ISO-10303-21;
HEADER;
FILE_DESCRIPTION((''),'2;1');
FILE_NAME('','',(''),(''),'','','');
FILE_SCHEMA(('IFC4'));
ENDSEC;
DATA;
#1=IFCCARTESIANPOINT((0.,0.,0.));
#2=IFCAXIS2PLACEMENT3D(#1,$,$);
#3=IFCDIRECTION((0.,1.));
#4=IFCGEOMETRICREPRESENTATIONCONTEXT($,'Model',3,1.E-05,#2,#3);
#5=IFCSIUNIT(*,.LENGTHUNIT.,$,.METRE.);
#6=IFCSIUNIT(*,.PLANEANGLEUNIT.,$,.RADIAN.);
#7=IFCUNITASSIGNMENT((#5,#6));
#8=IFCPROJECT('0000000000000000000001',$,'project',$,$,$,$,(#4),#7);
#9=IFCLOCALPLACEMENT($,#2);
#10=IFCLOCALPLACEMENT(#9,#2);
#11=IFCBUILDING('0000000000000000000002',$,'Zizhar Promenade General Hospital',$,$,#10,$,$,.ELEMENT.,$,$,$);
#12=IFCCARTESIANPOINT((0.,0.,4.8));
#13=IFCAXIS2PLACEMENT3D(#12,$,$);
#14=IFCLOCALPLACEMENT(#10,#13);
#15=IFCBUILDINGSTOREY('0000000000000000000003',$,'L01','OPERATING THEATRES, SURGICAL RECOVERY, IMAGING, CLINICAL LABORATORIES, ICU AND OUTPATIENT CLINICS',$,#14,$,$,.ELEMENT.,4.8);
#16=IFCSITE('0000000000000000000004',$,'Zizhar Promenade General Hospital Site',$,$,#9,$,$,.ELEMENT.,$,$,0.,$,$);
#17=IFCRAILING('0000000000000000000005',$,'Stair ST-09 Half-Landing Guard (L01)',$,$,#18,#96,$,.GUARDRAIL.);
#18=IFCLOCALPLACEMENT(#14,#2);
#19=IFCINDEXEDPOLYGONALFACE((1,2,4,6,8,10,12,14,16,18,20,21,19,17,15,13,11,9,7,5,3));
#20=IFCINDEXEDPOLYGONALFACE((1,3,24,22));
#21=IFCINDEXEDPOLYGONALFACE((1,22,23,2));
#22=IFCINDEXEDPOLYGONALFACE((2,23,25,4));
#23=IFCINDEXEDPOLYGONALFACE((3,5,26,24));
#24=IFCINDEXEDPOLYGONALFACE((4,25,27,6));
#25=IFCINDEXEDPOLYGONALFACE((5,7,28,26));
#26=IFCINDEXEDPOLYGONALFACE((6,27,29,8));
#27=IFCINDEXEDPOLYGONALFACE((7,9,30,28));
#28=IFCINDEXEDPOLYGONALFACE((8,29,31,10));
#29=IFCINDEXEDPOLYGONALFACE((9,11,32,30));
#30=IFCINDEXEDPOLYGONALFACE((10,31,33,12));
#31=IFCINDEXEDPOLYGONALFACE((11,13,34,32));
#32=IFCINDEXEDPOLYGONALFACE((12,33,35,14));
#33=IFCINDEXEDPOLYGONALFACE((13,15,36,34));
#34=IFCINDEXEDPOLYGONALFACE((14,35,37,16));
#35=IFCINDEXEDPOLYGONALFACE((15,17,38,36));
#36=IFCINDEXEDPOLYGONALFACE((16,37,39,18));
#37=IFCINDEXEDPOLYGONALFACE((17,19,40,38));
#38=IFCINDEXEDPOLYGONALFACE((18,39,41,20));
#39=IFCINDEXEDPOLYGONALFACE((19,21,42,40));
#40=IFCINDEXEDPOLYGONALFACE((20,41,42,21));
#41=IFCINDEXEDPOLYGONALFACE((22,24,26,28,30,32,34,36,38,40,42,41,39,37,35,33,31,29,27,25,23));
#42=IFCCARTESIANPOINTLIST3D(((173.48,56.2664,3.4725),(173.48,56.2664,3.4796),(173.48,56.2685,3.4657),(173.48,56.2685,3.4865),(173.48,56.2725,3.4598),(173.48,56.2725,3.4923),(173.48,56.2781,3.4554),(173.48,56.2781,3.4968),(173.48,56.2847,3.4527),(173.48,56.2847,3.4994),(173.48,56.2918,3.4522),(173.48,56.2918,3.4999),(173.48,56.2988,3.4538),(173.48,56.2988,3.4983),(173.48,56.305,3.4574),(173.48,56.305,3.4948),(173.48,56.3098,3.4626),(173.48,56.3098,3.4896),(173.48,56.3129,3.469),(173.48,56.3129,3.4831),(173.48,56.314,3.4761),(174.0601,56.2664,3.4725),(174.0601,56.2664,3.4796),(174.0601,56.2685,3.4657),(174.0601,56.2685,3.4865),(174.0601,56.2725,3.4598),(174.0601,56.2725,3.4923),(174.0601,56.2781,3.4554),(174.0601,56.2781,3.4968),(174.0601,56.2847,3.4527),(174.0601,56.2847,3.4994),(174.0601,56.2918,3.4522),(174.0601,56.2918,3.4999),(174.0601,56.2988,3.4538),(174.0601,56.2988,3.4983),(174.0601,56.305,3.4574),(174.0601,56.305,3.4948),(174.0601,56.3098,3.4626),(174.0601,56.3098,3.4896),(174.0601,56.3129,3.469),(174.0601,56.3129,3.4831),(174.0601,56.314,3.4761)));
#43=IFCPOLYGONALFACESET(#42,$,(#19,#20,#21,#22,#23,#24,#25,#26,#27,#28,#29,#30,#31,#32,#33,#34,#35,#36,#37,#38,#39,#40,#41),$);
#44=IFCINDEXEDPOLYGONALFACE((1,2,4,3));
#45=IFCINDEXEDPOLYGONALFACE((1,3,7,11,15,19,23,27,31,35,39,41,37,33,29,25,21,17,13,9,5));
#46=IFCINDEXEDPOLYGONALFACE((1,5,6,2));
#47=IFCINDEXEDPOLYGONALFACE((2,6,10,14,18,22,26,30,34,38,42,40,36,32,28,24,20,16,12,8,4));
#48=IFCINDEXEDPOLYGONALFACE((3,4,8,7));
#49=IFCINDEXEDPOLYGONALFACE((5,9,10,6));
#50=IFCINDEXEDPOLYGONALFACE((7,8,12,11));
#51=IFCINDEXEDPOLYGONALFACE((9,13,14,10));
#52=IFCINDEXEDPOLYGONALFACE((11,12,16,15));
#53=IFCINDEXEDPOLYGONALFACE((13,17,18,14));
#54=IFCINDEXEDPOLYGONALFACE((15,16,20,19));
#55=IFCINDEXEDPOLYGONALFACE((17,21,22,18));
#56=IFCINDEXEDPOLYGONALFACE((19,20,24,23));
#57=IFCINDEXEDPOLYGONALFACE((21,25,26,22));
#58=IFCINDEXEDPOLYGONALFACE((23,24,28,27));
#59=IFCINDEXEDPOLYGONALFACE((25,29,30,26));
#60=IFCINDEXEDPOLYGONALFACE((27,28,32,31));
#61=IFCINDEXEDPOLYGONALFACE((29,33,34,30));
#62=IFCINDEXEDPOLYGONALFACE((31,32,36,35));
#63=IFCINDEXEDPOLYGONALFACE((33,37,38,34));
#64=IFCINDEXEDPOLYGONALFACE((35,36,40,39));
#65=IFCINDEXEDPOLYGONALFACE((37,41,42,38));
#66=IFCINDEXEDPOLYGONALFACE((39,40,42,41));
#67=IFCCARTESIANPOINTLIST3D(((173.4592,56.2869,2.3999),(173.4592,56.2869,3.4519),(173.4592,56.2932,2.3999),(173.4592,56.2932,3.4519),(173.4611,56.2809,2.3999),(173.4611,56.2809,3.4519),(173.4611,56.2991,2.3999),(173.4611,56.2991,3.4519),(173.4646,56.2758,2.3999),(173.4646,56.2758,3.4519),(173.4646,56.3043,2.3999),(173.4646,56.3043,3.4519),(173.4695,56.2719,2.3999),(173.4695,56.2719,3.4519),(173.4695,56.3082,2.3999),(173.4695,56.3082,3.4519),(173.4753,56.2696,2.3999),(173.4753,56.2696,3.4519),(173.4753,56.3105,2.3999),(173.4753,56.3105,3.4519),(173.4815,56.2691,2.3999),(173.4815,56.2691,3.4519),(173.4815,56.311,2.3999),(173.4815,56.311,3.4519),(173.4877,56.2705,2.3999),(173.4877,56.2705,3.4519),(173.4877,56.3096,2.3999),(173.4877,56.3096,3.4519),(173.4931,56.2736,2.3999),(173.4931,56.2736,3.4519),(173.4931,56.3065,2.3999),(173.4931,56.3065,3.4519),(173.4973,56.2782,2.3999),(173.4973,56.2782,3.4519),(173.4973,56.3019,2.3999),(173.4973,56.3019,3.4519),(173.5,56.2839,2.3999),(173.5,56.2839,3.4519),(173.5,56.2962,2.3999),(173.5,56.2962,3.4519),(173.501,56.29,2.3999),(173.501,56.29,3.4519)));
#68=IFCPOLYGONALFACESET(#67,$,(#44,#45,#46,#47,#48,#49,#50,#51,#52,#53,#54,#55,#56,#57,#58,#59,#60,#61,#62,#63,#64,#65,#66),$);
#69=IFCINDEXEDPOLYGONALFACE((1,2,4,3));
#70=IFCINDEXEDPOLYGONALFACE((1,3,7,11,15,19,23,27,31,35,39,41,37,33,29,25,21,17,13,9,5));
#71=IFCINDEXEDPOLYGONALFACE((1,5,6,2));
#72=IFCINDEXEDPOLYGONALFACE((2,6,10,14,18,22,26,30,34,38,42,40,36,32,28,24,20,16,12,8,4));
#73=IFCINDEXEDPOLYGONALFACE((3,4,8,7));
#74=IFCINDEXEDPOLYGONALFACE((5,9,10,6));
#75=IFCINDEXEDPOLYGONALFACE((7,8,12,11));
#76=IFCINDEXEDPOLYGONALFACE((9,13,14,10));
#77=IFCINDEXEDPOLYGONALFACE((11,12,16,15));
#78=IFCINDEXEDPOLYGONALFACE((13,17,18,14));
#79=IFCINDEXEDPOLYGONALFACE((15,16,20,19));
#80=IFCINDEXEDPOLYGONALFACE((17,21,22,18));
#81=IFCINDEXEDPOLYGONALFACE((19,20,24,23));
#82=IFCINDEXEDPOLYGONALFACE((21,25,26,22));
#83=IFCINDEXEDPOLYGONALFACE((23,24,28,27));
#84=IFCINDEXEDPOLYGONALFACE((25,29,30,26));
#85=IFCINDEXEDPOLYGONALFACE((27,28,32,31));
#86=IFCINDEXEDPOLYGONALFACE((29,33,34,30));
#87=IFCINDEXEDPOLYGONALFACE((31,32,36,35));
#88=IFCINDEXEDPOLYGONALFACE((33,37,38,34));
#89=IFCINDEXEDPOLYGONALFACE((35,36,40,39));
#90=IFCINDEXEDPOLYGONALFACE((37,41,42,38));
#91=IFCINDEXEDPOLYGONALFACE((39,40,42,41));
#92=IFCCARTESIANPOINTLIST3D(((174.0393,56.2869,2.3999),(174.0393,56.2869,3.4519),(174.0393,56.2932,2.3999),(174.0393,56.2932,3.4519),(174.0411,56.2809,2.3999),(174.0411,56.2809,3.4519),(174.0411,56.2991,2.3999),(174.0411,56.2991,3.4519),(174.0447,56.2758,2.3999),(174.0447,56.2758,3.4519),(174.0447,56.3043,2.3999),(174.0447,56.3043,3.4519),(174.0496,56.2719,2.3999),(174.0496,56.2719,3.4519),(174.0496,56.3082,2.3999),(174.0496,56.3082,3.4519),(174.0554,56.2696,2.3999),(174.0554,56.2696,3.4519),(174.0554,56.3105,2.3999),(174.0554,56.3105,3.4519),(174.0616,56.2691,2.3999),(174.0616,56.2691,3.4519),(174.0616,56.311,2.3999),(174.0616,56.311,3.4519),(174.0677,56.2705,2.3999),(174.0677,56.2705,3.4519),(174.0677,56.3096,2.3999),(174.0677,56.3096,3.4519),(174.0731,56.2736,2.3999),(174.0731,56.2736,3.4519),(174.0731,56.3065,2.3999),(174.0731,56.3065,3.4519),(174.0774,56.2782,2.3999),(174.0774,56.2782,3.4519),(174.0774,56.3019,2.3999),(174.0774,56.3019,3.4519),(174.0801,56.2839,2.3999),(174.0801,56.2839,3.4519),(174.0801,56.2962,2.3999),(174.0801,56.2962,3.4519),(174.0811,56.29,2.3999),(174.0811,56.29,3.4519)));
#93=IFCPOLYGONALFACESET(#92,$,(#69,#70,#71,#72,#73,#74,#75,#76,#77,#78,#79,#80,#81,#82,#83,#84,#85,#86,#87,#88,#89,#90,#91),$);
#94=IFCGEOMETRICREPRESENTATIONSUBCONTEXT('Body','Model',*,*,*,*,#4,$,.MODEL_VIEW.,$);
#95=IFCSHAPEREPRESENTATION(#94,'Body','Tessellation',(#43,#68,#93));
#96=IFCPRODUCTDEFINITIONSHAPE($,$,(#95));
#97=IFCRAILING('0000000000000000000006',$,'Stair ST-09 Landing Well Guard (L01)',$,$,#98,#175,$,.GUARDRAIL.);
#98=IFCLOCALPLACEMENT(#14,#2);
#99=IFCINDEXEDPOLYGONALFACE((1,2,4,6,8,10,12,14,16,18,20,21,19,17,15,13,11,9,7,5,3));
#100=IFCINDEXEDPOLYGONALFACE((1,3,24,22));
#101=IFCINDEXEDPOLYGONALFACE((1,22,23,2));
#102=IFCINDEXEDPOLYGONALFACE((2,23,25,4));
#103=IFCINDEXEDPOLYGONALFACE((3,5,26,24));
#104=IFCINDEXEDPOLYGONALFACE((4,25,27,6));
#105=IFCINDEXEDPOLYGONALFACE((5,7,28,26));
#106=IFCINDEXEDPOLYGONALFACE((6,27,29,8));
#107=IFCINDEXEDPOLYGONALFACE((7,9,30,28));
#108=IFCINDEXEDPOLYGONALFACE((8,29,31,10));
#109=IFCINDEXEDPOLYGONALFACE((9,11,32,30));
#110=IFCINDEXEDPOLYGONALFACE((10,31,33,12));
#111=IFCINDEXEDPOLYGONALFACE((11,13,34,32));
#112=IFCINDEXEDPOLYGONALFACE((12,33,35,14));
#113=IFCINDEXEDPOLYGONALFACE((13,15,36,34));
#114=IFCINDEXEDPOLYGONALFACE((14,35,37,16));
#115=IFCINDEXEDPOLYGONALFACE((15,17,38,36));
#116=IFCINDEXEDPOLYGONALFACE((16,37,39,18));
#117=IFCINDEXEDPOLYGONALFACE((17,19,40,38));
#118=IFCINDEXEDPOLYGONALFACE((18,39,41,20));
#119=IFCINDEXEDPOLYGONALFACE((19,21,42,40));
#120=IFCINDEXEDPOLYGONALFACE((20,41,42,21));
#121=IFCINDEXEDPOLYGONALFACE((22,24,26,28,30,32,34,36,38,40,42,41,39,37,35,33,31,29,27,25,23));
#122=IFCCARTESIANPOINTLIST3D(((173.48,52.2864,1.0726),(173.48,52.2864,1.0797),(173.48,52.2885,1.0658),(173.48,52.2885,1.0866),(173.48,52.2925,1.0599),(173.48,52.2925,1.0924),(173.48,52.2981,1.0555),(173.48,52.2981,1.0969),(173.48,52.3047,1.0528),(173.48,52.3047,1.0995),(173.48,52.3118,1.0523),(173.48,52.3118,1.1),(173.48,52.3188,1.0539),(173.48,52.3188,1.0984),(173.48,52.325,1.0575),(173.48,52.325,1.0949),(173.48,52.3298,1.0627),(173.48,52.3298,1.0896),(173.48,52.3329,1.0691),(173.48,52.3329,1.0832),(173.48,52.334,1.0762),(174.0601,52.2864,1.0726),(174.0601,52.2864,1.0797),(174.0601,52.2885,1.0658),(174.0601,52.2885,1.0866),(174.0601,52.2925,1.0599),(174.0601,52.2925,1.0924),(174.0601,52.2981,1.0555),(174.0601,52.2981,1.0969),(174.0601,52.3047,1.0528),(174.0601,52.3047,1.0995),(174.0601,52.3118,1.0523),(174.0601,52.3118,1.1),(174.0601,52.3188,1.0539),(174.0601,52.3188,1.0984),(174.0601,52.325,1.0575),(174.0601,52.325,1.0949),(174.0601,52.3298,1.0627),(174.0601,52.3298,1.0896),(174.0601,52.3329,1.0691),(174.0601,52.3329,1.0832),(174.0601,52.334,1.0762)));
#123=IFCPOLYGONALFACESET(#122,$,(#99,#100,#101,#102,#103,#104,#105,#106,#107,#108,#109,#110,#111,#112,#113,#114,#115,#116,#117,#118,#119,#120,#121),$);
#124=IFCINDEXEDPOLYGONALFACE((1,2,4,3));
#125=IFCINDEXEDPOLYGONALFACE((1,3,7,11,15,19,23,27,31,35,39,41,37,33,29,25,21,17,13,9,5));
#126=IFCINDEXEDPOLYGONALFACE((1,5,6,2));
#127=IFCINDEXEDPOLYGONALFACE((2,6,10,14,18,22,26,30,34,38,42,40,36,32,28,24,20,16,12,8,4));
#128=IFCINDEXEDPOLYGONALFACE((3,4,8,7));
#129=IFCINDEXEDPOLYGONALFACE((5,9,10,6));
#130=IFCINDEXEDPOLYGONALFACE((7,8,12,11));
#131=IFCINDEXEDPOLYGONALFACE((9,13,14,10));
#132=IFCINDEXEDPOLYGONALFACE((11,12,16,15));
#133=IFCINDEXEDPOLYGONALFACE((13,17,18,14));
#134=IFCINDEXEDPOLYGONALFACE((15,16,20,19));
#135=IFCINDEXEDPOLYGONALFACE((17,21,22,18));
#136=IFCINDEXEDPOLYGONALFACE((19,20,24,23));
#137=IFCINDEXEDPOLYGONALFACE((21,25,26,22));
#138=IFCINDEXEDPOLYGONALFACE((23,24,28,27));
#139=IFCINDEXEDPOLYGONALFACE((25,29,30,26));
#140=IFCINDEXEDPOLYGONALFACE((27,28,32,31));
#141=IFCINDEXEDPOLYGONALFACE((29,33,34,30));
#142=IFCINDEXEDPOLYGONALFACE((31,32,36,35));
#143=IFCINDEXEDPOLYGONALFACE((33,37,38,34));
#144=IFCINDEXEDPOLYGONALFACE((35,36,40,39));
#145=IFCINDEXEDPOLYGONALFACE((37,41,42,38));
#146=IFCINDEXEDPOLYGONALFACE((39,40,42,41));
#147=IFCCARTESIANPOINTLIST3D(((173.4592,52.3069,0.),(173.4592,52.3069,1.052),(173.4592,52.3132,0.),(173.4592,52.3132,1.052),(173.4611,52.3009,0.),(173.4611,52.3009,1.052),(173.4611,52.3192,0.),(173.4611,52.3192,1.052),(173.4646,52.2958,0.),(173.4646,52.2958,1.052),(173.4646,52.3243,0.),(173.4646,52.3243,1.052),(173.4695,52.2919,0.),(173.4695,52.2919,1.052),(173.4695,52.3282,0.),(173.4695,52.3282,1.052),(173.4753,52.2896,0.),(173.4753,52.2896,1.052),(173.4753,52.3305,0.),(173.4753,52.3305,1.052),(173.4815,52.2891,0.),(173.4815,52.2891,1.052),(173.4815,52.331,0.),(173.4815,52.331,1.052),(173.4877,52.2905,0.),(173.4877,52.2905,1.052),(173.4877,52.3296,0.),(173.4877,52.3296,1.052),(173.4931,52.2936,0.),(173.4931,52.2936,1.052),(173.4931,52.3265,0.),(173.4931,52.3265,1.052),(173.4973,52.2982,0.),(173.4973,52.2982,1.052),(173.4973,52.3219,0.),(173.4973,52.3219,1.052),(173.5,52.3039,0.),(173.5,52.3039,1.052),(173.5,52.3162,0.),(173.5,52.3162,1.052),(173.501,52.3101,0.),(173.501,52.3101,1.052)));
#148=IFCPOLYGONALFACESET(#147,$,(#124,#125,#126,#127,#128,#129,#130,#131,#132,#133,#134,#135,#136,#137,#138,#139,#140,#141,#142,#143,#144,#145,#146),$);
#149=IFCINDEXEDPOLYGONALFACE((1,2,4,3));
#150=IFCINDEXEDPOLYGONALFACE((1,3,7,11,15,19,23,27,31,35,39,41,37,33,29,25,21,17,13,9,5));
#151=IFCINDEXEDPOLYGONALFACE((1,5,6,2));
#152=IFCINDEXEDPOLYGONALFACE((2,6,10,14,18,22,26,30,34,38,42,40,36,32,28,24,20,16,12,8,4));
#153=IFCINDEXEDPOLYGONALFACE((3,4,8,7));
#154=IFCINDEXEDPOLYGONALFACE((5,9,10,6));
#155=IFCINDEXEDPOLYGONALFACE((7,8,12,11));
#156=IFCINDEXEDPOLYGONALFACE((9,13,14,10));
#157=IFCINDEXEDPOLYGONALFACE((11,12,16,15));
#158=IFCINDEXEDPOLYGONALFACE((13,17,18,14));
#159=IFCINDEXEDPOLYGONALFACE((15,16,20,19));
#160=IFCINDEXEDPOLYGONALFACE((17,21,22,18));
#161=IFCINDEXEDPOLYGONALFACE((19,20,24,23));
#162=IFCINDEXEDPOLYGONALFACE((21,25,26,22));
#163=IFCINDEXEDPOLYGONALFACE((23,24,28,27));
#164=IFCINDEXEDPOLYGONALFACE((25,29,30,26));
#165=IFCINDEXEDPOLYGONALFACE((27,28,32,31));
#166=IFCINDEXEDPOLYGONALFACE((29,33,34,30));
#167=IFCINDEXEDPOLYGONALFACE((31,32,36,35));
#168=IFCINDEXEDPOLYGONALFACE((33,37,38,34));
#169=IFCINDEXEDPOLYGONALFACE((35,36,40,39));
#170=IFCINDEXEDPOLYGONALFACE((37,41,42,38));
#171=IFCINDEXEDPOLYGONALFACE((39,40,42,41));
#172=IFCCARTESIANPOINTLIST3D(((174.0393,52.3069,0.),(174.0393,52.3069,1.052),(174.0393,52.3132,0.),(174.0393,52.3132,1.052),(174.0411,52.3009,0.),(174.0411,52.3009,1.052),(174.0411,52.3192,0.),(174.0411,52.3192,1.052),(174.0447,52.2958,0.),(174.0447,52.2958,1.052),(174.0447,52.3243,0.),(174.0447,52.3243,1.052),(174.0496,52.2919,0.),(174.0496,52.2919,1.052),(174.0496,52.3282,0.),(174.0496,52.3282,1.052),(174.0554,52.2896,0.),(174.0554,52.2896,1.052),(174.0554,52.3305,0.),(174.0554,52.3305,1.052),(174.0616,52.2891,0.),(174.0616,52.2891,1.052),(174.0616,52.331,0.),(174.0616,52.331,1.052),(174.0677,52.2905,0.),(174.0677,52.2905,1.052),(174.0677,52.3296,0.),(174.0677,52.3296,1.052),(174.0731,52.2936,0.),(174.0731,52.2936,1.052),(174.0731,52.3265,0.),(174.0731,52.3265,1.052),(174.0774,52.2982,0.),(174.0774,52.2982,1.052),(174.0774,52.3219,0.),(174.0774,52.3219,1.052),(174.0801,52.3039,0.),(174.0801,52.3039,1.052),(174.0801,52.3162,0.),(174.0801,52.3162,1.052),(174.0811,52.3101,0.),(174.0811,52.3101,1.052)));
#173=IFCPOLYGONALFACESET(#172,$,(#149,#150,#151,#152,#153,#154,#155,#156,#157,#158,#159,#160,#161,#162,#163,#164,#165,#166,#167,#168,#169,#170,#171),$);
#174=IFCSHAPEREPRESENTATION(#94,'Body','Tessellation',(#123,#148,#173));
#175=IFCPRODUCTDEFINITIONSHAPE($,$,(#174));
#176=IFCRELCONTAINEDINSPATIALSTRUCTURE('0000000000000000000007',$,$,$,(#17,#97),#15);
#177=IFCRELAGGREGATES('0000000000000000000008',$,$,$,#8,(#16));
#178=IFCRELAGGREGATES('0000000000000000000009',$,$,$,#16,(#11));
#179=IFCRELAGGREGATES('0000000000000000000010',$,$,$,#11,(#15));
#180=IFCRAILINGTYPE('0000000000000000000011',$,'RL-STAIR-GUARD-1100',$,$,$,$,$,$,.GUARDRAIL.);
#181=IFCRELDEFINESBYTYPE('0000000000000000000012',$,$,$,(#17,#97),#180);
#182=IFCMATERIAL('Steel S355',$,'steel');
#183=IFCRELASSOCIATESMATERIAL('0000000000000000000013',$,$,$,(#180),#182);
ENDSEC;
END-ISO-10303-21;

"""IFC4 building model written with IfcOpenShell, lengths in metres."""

from ifc_helpers import new_model, si_unit, direction, frame, origin, origin_2d, place, context, subcontext, project, spatial, circle, hollow_circle, extrude, material, material_profile, profile_set, type_object, element, save


model = new_model("IFC4")

# Units and contexts
model_context = context("Model", 3, precision=1e-05, world=origin(), true_north=direction((0.0, 1.0)))
body_context = subcontext(model_context, "Body", "Model", "MODEL_VIEW")
ifc_project = project(units=[si_unit("LENGTHUNIT", "METRE"), si_unit("PLANEANGLEUNIT", "RADIAN")], contexts=[model_context])

# Site, building, storey
site_placement = place(None, origin())
site = spatial("IfcSite", under=ifc_project, at=site_placement, Name="Zizhar Promenade General Hospital Site", CompositionType="ELEMENT", RefElevation=0.0)
building_placement = place(site_placement, origin())
building = spatial("IfcBuilding", under=site, at=building_placement, Name="Zizhar Promenade General Hospital", CompositionType="ELEMENT")
storey_placement = place(building_placement, frame((0.0, 0.0, 4.8)))
storey = spatial("IfcBuildingStorey", under=building, at=storey_placement, Name="L01", Description="OPERATING THEATRES, SURGICAL RECOVERY, IMAGING, CLINICAL LABORATORIES, ICU AND OUTPATIENT CLINICS", CompositionType="ELEMENT", Elevation=4.8)

# Railings
ifc_material_1 = material(Name="Steel S355", Category="steel")
ifc_material_profile_1 = material_profile(ifc_material_1, hollow_circle(Radius=0.0698, WallThickness=0.0063, at=origin_2d()))
ifc_profile_set_1 = profile_set([ifc_material_profile_1], Name="Steel S355")
railing_type_1 = type_object("IfcRailingType", Name="RL-STAIR-GUARD-1100", PredefinedType="GUARDRAIL", material=ifc_profile_set_1)
for number, where, name in (
    (1, (173.48, 56.29, 2.3999), "Stair ST-09 Half-Landing Guard (L01)"),
    (2, (173.48, 52.3101, 0.0), "Stair ST-09 Landing Well Guard (L01)"),
):
    element("IfcRailing", number, at=place(storey_placement, frame(where)), inside=storey, type_object=railing_type_1, Name=name, PredefinedType="GUARDRAIL", context=body_context, shape_type="SweptSolid", body=[
        extrude(circle(Radius=0.0239, at=origin_2d()), frame((0.0, 0.0, 1.0762), z_axis=(1.0, 0.0, 0.0), x_axis=(0.0, 1.0, 0.0)), (0.0, 0.0, 1.0), 0.5801),
        extrude(circle(Radius=0.021, at=origin_2d()), origin(), (0.0, 0.0, 1.0), 1.052),
        extrude(circle(Radius=0.021, at=origin_2d()), frame((0.5801, 0.0, 0.0)), (0.0, 0.0, 1.0), 1.052),
    ])

save(model, "model.ifc")
